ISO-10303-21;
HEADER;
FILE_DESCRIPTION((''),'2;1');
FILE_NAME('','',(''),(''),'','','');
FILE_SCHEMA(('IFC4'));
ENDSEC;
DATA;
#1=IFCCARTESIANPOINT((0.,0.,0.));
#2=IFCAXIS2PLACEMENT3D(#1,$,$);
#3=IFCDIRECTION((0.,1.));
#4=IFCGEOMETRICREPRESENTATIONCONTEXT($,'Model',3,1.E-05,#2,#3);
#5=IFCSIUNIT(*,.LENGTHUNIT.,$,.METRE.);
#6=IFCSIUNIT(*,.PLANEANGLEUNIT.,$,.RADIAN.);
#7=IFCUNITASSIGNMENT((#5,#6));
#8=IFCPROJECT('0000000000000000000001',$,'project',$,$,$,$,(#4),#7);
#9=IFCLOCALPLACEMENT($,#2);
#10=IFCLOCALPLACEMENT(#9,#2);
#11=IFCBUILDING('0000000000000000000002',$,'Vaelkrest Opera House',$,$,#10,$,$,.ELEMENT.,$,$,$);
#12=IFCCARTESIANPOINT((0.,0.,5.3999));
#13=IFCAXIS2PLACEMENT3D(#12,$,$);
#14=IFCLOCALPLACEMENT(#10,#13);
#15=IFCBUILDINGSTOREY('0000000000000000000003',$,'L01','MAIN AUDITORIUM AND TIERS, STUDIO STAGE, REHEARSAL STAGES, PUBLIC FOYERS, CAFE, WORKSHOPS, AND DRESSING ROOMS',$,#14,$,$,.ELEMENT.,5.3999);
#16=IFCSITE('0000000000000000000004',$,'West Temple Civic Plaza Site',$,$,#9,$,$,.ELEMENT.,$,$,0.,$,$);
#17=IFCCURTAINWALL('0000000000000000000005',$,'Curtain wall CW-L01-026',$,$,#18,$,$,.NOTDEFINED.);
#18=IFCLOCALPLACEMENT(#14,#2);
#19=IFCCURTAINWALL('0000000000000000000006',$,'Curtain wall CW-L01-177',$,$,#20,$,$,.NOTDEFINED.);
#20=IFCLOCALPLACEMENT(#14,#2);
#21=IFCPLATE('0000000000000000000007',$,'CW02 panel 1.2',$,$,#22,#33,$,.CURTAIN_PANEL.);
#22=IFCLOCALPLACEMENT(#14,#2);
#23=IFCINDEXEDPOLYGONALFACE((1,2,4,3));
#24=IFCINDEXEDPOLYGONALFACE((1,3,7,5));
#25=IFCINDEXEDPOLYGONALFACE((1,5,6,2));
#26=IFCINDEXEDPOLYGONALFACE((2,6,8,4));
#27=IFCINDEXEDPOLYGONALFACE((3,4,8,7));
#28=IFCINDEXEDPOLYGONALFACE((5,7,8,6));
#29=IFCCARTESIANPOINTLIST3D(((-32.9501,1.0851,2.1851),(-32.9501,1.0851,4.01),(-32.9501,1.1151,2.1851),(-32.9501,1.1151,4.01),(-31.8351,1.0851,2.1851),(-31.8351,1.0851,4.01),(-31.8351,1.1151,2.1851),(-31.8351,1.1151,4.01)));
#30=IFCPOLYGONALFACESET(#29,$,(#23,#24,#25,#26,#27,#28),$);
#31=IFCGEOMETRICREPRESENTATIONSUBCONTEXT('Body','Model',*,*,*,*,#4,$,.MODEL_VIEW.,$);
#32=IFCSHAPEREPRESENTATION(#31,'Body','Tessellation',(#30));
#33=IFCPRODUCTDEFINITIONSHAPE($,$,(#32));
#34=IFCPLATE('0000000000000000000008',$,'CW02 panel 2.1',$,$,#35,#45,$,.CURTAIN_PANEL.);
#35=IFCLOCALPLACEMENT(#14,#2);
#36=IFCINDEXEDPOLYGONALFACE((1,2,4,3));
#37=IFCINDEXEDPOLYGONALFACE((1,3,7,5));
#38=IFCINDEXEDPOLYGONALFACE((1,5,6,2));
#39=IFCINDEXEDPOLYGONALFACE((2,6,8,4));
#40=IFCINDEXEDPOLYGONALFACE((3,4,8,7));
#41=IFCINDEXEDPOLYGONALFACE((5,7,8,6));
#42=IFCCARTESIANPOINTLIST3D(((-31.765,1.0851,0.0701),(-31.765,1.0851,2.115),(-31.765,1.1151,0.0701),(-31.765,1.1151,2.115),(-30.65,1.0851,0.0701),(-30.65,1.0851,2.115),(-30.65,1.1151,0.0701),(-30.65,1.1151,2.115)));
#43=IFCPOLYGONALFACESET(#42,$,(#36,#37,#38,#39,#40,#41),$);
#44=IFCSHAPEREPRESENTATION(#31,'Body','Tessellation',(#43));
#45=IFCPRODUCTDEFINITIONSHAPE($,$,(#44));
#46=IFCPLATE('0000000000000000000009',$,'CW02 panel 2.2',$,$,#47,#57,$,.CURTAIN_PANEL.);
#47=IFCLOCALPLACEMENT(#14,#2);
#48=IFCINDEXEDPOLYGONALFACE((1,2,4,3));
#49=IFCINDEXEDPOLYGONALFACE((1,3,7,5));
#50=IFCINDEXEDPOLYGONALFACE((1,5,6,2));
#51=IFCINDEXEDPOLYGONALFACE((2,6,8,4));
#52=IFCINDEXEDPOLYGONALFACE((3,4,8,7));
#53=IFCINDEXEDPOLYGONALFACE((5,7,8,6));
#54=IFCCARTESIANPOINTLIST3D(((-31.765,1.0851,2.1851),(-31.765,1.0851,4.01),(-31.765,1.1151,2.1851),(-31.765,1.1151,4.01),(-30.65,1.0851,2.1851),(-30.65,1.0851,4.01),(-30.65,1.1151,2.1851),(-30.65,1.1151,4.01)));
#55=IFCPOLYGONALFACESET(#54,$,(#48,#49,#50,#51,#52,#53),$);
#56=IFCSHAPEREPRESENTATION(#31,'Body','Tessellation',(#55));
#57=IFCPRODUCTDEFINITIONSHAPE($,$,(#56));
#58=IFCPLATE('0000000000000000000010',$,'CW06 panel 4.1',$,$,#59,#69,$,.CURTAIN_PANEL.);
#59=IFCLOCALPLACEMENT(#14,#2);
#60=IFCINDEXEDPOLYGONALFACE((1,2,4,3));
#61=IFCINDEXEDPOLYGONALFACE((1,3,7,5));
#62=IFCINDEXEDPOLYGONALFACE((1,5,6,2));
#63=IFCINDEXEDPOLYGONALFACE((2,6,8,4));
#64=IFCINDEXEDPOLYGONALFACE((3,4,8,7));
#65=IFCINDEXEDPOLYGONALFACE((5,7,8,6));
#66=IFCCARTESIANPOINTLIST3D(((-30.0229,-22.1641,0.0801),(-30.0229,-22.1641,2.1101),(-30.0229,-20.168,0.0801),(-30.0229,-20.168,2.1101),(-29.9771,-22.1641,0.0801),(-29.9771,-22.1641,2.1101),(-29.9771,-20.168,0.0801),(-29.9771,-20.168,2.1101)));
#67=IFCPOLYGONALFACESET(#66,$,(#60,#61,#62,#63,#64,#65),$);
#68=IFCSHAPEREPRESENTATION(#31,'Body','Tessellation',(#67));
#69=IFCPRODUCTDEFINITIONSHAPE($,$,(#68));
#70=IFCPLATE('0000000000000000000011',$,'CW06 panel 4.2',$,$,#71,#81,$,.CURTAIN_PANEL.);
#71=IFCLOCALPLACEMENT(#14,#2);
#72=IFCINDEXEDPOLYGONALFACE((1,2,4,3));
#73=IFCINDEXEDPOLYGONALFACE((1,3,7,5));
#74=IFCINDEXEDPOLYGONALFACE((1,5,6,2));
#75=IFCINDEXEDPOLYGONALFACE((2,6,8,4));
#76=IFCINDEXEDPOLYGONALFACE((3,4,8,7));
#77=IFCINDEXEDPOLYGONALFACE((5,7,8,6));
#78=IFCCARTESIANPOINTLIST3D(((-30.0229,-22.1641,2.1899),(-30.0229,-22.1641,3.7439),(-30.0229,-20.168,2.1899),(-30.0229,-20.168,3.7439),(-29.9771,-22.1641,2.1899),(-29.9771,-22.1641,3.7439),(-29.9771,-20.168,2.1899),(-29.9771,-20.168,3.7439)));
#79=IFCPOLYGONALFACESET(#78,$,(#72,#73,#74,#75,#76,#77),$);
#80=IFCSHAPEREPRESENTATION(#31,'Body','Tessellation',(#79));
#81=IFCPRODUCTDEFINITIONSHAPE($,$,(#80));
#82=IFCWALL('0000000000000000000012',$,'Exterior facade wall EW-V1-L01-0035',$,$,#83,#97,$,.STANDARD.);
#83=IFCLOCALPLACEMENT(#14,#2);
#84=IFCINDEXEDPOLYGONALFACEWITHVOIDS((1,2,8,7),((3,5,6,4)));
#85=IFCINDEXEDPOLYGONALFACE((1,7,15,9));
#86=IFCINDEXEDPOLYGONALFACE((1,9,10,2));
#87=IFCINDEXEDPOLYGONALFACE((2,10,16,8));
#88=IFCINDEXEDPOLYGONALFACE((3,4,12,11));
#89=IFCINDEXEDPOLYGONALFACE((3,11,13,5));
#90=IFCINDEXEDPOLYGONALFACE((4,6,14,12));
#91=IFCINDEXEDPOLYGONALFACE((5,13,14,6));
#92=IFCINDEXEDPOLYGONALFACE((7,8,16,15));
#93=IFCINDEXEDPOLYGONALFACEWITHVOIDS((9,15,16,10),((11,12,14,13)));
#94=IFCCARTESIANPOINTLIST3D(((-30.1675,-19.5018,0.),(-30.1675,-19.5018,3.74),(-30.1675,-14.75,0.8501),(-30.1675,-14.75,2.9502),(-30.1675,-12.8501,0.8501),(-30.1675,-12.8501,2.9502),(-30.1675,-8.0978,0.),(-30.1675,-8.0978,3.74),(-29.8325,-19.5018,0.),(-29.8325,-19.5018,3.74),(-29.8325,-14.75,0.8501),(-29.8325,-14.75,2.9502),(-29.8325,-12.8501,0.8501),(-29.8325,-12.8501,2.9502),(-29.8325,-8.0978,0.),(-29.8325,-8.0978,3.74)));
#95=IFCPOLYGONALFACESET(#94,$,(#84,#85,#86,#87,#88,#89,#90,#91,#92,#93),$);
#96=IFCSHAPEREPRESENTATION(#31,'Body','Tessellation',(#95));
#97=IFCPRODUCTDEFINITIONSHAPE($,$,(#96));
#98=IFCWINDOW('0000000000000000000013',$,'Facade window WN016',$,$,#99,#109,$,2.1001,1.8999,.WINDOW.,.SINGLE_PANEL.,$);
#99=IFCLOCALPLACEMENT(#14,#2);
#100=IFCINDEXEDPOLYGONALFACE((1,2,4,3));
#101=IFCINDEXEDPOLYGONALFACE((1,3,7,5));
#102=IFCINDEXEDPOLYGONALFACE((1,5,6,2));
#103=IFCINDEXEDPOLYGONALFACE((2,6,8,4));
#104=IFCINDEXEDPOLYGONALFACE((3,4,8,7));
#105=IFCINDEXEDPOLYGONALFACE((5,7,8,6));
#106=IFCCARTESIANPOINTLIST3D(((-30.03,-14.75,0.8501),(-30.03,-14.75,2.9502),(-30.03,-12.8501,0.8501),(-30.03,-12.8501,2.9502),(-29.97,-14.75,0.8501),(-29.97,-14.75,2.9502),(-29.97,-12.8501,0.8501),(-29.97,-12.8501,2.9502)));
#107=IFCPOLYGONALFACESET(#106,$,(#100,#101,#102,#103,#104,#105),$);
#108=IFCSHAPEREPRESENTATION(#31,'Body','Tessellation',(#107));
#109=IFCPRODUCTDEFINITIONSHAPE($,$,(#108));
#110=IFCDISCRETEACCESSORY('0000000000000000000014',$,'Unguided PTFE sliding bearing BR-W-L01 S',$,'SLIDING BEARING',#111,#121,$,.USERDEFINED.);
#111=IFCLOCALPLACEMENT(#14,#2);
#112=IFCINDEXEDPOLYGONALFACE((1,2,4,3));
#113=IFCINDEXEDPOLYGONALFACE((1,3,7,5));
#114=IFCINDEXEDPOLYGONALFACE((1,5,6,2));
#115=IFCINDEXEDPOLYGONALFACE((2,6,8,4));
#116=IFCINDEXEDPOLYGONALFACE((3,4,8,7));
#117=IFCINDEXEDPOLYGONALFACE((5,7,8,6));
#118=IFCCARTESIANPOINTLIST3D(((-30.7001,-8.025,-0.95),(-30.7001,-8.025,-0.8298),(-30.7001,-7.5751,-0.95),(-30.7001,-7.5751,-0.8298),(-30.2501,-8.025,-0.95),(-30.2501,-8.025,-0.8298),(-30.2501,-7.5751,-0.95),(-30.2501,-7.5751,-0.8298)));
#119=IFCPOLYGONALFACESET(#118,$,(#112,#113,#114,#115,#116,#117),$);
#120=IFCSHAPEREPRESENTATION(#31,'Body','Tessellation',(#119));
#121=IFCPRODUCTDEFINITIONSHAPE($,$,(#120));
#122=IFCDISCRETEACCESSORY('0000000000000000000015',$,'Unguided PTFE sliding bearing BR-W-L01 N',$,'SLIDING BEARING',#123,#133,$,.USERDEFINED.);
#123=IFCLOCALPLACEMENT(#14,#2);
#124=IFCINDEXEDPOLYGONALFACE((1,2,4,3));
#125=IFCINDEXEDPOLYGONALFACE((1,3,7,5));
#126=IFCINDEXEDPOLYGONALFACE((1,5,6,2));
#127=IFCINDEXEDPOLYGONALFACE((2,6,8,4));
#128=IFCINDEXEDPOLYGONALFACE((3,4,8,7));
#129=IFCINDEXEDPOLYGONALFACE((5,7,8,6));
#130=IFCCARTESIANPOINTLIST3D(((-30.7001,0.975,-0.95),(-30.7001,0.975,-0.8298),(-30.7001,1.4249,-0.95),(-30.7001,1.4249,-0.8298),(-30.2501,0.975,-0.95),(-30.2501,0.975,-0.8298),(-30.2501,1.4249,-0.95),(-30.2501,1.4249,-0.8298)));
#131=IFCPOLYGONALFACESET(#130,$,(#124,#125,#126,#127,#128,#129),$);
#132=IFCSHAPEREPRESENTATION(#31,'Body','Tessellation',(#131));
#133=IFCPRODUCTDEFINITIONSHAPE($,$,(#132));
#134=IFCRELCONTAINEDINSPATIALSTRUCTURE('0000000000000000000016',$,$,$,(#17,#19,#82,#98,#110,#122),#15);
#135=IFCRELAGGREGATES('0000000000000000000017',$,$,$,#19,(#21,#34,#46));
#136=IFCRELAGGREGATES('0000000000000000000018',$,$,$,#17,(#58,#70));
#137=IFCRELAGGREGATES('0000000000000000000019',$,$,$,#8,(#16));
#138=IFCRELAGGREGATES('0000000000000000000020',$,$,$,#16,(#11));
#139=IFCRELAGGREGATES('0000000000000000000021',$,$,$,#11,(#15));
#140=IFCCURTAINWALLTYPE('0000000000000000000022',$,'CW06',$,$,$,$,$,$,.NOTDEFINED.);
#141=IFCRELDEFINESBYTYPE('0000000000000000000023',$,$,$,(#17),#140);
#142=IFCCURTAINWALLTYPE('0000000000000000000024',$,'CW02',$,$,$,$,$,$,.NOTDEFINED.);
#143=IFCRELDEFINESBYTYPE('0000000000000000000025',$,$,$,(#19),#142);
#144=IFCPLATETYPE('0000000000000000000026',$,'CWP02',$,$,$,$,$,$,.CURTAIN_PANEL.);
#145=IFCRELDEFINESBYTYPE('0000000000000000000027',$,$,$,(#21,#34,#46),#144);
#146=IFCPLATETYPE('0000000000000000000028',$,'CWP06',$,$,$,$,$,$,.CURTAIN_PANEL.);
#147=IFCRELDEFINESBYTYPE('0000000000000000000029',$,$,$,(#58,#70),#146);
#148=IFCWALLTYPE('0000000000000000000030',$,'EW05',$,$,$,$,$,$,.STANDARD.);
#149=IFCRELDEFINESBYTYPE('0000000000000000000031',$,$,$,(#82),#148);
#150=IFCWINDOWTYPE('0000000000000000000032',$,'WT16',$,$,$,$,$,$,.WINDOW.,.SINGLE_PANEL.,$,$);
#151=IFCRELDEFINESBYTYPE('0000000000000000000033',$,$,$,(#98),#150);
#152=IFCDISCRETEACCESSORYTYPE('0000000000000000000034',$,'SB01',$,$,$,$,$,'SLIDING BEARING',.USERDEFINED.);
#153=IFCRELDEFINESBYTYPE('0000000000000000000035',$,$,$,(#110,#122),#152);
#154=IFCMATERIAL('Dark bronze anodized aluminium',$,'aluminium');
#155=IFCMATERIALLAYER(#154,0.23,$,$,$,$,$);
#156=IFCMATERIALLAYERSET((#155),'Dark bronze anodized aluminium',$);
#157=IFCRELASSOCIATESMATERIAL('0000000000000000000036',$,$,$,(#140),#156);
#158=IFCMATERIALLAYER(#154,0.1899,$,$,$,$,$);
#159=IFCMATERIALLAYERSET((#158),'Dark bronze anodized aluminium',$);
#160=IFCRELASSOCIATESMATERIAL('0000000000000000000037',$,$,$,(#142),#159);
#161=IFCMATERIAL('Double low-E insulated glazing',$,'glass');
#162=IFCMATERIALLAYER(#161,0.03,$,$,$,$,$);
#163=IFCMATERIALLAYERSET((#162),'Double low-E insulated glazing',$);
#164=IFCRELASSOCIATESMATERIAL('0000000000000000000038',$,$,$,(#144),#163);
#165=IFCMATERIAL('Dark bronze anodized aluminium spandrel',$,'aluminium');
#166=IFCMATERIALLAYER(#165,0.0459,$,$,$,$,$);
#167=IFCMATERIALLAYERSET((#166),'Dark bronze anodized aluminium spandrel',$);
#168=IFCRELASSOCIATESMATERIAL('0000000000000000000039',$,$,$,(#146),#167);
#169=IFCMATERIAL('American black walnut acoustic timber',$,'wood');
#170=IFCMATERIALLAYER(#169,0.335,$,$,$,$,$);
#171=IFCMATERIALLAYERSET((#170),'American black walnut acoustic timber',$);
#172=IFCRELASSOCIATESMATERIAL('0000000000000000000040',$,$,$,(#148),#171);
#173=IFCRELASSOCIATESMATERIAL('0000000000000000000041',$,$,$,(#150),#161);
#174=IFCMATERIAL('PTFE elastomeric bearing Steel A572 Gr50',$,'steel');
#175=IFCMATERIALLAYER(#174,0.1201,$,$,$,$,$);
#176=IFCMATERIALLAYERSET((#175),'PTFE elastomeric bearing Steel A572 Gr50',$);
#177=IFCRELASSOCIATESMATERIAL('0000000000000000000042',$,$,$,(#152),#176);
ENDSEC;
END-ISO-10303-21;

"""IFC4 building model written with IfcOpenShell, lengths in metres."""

from ifc_helpers import new_model, si_unit, direction, frame, frame_2d, origin, origin_2d, place, context, subcontext, project, spatial, rectangle, extrude, material, layer, layer_set, type_object, element, fill, aggregate, save


model = new_model("IFC4")

# Units and contexts
model_context = context("Model", 3, precision=1e-05, world=origin(), true_north=direction((0.0, 1.0)))
body_context = subcontext(model_context, "Body", "Model", "MODEL_VIEW")
ifc_project = project(units=[si_unit("LENGTHUNIT", "METRE"), si_unit("PLANEANGLEUNIT", "RADIAN")], contexts=[model_context])

# Site, building, storey
site_placement = place(None, origin())
site = spatial("IfcSite", under=ifc_project, at=site_placement, Name="West Temple Civic Plaza Site", CompositionType="ELEMENT", RefElevation=0.0)
building_placement = place(site_placement, origin())
building = spatial("IfcBuilding", under=site, at=building_placement, Name="Vaelkrest Opera House", CompositionType="ELEMENT")
storey_placement = place(building_placement, frame((0.0, 0.0, 5.3999)))
storey = spatial("IfcBuildingStorey", under=building, at=storey_placement, Name="L01", Description="MAIN AUDITORIUM AND TIERS, STUDIO STAGE, REHEARSAL STAGES, PUBLIC FOYERS, CAFE, WORKSHOPS, AND DRESSING ROOMS", CompositionType="ELEMENT", Elevation=5.3999)

# Curtain wall
ifc_material_1 = material(Name="Dark bronze anodized aluminium", Category="aluminium")
ifc_layer_1 = layer(ifc_material_1, 0.23)
ifc_layer_set_1 = layer_set([ifc_layer_1], Name="Dark bronze anodized aluminium")
curtain_wall_type_1 = type_object("IfcCurtainWallType", Name="CW06", PredefinedType="NOTDEFINED", material=ifc_layer_set_1)
curtain_wall_1_placement = place(storey_placement, origin())
curtain_wall_1 = element("IfcCurtainWall", 1, at=curtain_wall_1_placement, inside=storey, type_object=curtain_wall_type_1, Name="Curtain wall CW-L01-026", PredefinedType="NOTDEFINED")

# Curtain wall
ifc_layer_2 = layer(ifc_material_1, 0.1899)
ifc_layer_set_2 = layer_set([ifc_layer_2], Name="Dark bronze anodized aluminium")
curtain_wall_type_2 = type_object("IfcCurtainWallType", Name="CW02", PredefinedType="NOTDEFINED", material=ifc_layer_set_2)
curtain_wall_2_placement = place(storey_placement, origin())
curtain_wall_2 = element("IfcCurtainWall", 2, at=curtain_wall_2_placement, inside=storey, type_object=curtain_wall_type_2, Name="Curtain wall CW-L01-177", PredefinedType="NOTDEFINED")

# Plates
ifc_material_2 = material(Name="Double low-E insulated glazing", Category="glass")
ifc_layer_3 = layer(ifc_material_2, 0.03)
ifc_layer_set_3 = layer_set([ifc_layer_3], Name="Double low-E insulated glazing")
plate_type_1 = type_object("IfcPlateType", Name="CWP02", PredefinedType="CURTAIN_PANEL", material=ifc_layer_set_3)
plate_1_placement = place(storey_placement, frame((-32.3926, 1.1001, 2.1851), z_axis=(0.0, 0.0, 1.0), x_axis=(1.0, 0.0, 0.0)))
plate_1 = element("IfcPlate", 3, at=plate_1_placement, type_object=plate_type_1, Name="CW02 panel 1.2", PredefinedType="CURTAIN_PANEL", context=body_context, shape_type="SweptSolid", body=[
    extrude(rectangle(XDim=1.115, YDim=0.03, at=origin_2d()), origin(), (0.0, 0.0, 1.0), 1.825),
])
plate_2_placement = place(storey_placement, frame((-31.2075, 1.1001, 0.0701), z_axis=(0.0, 0.0, 1.0), x_axis=(1.0, 0.0, 0.0)))
plate_2 = element("IfcPlate", 4, at=plate_2_placement, type_object=plate_type_1, Name="CW02 panel 2.1", PredefinedType="CURTAIN_PANEL", context=body_context, shape_type="SweptSolid", body=[
    extrude(rectangle(XDim=1.115, YDim=0.03, at=origin_2d()), origin(), (0.0, 0.0, 1.0), 2.0449),
])
plate_3_placement = place(storey_placement, frame((-31.2075, 1.1001, 2.1851), z_axis=(0.0, 0.0, 1.0), x_axis=(1.0, 0.0, 0.0)))
plate_3 = element("IfcPlate", 5, at=plate_3_placement, type_object=plate_type_1, Name="CW02 panel 2.2", PredefinedType="CURTAIN_PANEL", context=body_context, shape_type="SweptSolid", body=[
    extrude(rectangle(XDim=1.115, YDim=0.03, at=origin_2d()), origin(), (0.0, 0.0, 1.0), 1.825),
])
aggregate(curtain_wall_2, [plate_1, plate_2, plate_3])
ifc_material_3 = material(Name="Dark bronze anodized aluminium spandrel", Category="aluminium")
ifc_layer_4 = layer(ifc_material_3, 0.0459)
ifc_layer_set_4 = layer_set([ifc_layer_4], Name="Dark bronze anodized aluminium spandrel")
plate_type_2 = type_object("IfcPlateType", Name="CWP06", PredefinedType="CURTAIN_PANEL", material=ifc_layer_set_4)
plate_4_placement = place(storey_placement, frame((-30.0, -21.166, 0.0801), z_axis=(0.0, 0.0, 1.0), x_axis=(0.0, 1.0, 0.0)))
plate_4 = element("IfcPlate", 6, at=plate_4_placement, type_object=plate_type_2, Name="CW06 panel 4.1", PredefinedType="CURTAIN_PANEL", context=body_context, shape_type="SweptSolid", body=[
    extrude(rectangle(XDim=1.9961, YDim=0.0459, at=origin_2d()), origin(), (0.0, 0.0, 1.0), 2.03),
])
plate_5_placement = place(storey_placement, frame((-30.0, -21.166, 2.1899), z_axis=(0.0, 0.0, 1.0), x_axis=(0.0, 1.0, 0.0)))
plate_5 = element("IfcPlate", 7, at=plate_5_placement, type_object=plate_type_2, Name="CW06 panel 4.2", PredefinedType="CURTAIN_PANEL", context=body_context, shape_type="SweptSolid", body=[
    extrude(rectangle(XDim=1.9961, YDim=0.0459, at=origin_2d()), origin(), (0.0, 0.0, 1.0), 1.554),
])
aggregate(curtain_wall_1, [plate_4, plate_5])

# Wall, opening, window
ifc_material_4 = material(Name="American black walnut acoustic timber", Category="wood")
ifc_layer_5 = layer(ifc_material_4, 0.335)
ifc_layer_set_5 = layer_set([ifc_layer_5], Name="American black walnut acoustic timber")
wall_type = type_object("IfcWallType", Name="EW05", PredefinedType="STANDARD", material=ifc_layer_set_5)
wall_placement = place(storey_placement, frame((-30.0, -19.502, 0.0), z_axis=(0.0, 0.0, 1.0), x_axis=(0.0, 1.0, 0.0)))
wall = element("IfcWall", 8, at=wall_placement, inside=storey, type_object=wall_type, Name="Exterior facade wall EW-V1-L01-0035", PredefinedType="STANDARD", context=body_context, shape_type="SweptSolid", body=[
    extrude(rectangle(XDim=11.4041, YDim=0.335, at=frame_2d((5.7021, 0.0))), origin(), (0.0, 0.0, 1.0), 3.74),
])
opening_placement = place(wall_placement, frame((4.752, 0.0, 0.8501)))
opening = element("IfcOpeningElement", 9, at=opening_placement, cuts=wall, PredefinedType="OPENING", context=body_context, shape_type="SweptSolid", body=[
    extrude(rectangle(XDim=1.8999, YDim=2.1001, at=frame_2d((0.95, 1.05))), frame((0.0, 0.1775, 0.0), z_axis=(0.0, -1.0, 0.0), x_axis=(1.0, 0.0, 0.0)), (0.0, 0.0, 1.0), 0.355),
])
window_type = type_object("IfcWindowType", Name="WT16", PartitioningType="SINGLE_PANEL", PredefinedType="WINDOW", material=ifc_material_2)
window_placement = place(opening_placement, origin())
window = element("IfcWindow", 10, at=window_placement, inside=storey, type_object=window_type, Name="Facade window WN016", OverallHeight=2.1001, OverallWidth=1.8999, PartitioningType="SINGLE_PANEL", PredefinedType="WINDOW", context=body_context, shape_type="SweptSolid", body=[
    extrude(rectangle(XDim=1.8999, YDim=2.1001, at=frame_2d((0.95, 1.05))), frame((0.0, 0.03, 0.0), z_axis=(0.0, -1.0, 0.0), x_axis=(1.0, 0.0, 0.0)), (0.0, 0.0, 1.0), 0.0601),
])
fill(opening, window)

# Discrete accessories
ifc_material_5 = material(Name="PTFE elastomeric bearing Steel A572 Gr50", Category="steel")
ifc_layer_6 = layer(ifc_material_5, 0.1201)
ifc_layer_set_6 = layer_set([ifc_layer_6], Name="PTFE elastomeric bearing Steel A572 Gr50")
discrete_accessory_type = type_object("IfcDiscreteAccessoryType", Name="SB01", ElementType="SLIDING BEARING", PredefinedType="USERDEFINED", material=ifc_layer_set_6)
for number, where, z_axis, x_axis, name in (
    (11, (-30.4751, -7.8, -0.95), (0.0, 0.0, 1.0), (1.0, 0.0, 0.0), "Unguided PTFE sliding bearing BR-W-L01 S"),
    (12, (-30.4751, 1.2, -0.95), (0.0, 0.0, 1.0), (1.0, 0.0, 0.0), "Unguided PTFE sliding bearing BR-W-L01 N"),
):
    element("IfcDiscreteAccessory", number, at=place(storey_placement, frame(where, z_axis=z_axis, x_axis=x_axis)), inside=storey, type_object=discrete_accessory_type, Name=name, ObjectType="SLIDING BEARING", PredefinedType="USERDEFINED", context=body_context, shape_type="SweptSolid", body=[
        extrude(rectangle(XDim=0.45, YDim=0.45, at=origin_2d()), origin(), (0.0, 0.0, 1.0), 0.1201),
    ])

save(model, "model.ifc")
